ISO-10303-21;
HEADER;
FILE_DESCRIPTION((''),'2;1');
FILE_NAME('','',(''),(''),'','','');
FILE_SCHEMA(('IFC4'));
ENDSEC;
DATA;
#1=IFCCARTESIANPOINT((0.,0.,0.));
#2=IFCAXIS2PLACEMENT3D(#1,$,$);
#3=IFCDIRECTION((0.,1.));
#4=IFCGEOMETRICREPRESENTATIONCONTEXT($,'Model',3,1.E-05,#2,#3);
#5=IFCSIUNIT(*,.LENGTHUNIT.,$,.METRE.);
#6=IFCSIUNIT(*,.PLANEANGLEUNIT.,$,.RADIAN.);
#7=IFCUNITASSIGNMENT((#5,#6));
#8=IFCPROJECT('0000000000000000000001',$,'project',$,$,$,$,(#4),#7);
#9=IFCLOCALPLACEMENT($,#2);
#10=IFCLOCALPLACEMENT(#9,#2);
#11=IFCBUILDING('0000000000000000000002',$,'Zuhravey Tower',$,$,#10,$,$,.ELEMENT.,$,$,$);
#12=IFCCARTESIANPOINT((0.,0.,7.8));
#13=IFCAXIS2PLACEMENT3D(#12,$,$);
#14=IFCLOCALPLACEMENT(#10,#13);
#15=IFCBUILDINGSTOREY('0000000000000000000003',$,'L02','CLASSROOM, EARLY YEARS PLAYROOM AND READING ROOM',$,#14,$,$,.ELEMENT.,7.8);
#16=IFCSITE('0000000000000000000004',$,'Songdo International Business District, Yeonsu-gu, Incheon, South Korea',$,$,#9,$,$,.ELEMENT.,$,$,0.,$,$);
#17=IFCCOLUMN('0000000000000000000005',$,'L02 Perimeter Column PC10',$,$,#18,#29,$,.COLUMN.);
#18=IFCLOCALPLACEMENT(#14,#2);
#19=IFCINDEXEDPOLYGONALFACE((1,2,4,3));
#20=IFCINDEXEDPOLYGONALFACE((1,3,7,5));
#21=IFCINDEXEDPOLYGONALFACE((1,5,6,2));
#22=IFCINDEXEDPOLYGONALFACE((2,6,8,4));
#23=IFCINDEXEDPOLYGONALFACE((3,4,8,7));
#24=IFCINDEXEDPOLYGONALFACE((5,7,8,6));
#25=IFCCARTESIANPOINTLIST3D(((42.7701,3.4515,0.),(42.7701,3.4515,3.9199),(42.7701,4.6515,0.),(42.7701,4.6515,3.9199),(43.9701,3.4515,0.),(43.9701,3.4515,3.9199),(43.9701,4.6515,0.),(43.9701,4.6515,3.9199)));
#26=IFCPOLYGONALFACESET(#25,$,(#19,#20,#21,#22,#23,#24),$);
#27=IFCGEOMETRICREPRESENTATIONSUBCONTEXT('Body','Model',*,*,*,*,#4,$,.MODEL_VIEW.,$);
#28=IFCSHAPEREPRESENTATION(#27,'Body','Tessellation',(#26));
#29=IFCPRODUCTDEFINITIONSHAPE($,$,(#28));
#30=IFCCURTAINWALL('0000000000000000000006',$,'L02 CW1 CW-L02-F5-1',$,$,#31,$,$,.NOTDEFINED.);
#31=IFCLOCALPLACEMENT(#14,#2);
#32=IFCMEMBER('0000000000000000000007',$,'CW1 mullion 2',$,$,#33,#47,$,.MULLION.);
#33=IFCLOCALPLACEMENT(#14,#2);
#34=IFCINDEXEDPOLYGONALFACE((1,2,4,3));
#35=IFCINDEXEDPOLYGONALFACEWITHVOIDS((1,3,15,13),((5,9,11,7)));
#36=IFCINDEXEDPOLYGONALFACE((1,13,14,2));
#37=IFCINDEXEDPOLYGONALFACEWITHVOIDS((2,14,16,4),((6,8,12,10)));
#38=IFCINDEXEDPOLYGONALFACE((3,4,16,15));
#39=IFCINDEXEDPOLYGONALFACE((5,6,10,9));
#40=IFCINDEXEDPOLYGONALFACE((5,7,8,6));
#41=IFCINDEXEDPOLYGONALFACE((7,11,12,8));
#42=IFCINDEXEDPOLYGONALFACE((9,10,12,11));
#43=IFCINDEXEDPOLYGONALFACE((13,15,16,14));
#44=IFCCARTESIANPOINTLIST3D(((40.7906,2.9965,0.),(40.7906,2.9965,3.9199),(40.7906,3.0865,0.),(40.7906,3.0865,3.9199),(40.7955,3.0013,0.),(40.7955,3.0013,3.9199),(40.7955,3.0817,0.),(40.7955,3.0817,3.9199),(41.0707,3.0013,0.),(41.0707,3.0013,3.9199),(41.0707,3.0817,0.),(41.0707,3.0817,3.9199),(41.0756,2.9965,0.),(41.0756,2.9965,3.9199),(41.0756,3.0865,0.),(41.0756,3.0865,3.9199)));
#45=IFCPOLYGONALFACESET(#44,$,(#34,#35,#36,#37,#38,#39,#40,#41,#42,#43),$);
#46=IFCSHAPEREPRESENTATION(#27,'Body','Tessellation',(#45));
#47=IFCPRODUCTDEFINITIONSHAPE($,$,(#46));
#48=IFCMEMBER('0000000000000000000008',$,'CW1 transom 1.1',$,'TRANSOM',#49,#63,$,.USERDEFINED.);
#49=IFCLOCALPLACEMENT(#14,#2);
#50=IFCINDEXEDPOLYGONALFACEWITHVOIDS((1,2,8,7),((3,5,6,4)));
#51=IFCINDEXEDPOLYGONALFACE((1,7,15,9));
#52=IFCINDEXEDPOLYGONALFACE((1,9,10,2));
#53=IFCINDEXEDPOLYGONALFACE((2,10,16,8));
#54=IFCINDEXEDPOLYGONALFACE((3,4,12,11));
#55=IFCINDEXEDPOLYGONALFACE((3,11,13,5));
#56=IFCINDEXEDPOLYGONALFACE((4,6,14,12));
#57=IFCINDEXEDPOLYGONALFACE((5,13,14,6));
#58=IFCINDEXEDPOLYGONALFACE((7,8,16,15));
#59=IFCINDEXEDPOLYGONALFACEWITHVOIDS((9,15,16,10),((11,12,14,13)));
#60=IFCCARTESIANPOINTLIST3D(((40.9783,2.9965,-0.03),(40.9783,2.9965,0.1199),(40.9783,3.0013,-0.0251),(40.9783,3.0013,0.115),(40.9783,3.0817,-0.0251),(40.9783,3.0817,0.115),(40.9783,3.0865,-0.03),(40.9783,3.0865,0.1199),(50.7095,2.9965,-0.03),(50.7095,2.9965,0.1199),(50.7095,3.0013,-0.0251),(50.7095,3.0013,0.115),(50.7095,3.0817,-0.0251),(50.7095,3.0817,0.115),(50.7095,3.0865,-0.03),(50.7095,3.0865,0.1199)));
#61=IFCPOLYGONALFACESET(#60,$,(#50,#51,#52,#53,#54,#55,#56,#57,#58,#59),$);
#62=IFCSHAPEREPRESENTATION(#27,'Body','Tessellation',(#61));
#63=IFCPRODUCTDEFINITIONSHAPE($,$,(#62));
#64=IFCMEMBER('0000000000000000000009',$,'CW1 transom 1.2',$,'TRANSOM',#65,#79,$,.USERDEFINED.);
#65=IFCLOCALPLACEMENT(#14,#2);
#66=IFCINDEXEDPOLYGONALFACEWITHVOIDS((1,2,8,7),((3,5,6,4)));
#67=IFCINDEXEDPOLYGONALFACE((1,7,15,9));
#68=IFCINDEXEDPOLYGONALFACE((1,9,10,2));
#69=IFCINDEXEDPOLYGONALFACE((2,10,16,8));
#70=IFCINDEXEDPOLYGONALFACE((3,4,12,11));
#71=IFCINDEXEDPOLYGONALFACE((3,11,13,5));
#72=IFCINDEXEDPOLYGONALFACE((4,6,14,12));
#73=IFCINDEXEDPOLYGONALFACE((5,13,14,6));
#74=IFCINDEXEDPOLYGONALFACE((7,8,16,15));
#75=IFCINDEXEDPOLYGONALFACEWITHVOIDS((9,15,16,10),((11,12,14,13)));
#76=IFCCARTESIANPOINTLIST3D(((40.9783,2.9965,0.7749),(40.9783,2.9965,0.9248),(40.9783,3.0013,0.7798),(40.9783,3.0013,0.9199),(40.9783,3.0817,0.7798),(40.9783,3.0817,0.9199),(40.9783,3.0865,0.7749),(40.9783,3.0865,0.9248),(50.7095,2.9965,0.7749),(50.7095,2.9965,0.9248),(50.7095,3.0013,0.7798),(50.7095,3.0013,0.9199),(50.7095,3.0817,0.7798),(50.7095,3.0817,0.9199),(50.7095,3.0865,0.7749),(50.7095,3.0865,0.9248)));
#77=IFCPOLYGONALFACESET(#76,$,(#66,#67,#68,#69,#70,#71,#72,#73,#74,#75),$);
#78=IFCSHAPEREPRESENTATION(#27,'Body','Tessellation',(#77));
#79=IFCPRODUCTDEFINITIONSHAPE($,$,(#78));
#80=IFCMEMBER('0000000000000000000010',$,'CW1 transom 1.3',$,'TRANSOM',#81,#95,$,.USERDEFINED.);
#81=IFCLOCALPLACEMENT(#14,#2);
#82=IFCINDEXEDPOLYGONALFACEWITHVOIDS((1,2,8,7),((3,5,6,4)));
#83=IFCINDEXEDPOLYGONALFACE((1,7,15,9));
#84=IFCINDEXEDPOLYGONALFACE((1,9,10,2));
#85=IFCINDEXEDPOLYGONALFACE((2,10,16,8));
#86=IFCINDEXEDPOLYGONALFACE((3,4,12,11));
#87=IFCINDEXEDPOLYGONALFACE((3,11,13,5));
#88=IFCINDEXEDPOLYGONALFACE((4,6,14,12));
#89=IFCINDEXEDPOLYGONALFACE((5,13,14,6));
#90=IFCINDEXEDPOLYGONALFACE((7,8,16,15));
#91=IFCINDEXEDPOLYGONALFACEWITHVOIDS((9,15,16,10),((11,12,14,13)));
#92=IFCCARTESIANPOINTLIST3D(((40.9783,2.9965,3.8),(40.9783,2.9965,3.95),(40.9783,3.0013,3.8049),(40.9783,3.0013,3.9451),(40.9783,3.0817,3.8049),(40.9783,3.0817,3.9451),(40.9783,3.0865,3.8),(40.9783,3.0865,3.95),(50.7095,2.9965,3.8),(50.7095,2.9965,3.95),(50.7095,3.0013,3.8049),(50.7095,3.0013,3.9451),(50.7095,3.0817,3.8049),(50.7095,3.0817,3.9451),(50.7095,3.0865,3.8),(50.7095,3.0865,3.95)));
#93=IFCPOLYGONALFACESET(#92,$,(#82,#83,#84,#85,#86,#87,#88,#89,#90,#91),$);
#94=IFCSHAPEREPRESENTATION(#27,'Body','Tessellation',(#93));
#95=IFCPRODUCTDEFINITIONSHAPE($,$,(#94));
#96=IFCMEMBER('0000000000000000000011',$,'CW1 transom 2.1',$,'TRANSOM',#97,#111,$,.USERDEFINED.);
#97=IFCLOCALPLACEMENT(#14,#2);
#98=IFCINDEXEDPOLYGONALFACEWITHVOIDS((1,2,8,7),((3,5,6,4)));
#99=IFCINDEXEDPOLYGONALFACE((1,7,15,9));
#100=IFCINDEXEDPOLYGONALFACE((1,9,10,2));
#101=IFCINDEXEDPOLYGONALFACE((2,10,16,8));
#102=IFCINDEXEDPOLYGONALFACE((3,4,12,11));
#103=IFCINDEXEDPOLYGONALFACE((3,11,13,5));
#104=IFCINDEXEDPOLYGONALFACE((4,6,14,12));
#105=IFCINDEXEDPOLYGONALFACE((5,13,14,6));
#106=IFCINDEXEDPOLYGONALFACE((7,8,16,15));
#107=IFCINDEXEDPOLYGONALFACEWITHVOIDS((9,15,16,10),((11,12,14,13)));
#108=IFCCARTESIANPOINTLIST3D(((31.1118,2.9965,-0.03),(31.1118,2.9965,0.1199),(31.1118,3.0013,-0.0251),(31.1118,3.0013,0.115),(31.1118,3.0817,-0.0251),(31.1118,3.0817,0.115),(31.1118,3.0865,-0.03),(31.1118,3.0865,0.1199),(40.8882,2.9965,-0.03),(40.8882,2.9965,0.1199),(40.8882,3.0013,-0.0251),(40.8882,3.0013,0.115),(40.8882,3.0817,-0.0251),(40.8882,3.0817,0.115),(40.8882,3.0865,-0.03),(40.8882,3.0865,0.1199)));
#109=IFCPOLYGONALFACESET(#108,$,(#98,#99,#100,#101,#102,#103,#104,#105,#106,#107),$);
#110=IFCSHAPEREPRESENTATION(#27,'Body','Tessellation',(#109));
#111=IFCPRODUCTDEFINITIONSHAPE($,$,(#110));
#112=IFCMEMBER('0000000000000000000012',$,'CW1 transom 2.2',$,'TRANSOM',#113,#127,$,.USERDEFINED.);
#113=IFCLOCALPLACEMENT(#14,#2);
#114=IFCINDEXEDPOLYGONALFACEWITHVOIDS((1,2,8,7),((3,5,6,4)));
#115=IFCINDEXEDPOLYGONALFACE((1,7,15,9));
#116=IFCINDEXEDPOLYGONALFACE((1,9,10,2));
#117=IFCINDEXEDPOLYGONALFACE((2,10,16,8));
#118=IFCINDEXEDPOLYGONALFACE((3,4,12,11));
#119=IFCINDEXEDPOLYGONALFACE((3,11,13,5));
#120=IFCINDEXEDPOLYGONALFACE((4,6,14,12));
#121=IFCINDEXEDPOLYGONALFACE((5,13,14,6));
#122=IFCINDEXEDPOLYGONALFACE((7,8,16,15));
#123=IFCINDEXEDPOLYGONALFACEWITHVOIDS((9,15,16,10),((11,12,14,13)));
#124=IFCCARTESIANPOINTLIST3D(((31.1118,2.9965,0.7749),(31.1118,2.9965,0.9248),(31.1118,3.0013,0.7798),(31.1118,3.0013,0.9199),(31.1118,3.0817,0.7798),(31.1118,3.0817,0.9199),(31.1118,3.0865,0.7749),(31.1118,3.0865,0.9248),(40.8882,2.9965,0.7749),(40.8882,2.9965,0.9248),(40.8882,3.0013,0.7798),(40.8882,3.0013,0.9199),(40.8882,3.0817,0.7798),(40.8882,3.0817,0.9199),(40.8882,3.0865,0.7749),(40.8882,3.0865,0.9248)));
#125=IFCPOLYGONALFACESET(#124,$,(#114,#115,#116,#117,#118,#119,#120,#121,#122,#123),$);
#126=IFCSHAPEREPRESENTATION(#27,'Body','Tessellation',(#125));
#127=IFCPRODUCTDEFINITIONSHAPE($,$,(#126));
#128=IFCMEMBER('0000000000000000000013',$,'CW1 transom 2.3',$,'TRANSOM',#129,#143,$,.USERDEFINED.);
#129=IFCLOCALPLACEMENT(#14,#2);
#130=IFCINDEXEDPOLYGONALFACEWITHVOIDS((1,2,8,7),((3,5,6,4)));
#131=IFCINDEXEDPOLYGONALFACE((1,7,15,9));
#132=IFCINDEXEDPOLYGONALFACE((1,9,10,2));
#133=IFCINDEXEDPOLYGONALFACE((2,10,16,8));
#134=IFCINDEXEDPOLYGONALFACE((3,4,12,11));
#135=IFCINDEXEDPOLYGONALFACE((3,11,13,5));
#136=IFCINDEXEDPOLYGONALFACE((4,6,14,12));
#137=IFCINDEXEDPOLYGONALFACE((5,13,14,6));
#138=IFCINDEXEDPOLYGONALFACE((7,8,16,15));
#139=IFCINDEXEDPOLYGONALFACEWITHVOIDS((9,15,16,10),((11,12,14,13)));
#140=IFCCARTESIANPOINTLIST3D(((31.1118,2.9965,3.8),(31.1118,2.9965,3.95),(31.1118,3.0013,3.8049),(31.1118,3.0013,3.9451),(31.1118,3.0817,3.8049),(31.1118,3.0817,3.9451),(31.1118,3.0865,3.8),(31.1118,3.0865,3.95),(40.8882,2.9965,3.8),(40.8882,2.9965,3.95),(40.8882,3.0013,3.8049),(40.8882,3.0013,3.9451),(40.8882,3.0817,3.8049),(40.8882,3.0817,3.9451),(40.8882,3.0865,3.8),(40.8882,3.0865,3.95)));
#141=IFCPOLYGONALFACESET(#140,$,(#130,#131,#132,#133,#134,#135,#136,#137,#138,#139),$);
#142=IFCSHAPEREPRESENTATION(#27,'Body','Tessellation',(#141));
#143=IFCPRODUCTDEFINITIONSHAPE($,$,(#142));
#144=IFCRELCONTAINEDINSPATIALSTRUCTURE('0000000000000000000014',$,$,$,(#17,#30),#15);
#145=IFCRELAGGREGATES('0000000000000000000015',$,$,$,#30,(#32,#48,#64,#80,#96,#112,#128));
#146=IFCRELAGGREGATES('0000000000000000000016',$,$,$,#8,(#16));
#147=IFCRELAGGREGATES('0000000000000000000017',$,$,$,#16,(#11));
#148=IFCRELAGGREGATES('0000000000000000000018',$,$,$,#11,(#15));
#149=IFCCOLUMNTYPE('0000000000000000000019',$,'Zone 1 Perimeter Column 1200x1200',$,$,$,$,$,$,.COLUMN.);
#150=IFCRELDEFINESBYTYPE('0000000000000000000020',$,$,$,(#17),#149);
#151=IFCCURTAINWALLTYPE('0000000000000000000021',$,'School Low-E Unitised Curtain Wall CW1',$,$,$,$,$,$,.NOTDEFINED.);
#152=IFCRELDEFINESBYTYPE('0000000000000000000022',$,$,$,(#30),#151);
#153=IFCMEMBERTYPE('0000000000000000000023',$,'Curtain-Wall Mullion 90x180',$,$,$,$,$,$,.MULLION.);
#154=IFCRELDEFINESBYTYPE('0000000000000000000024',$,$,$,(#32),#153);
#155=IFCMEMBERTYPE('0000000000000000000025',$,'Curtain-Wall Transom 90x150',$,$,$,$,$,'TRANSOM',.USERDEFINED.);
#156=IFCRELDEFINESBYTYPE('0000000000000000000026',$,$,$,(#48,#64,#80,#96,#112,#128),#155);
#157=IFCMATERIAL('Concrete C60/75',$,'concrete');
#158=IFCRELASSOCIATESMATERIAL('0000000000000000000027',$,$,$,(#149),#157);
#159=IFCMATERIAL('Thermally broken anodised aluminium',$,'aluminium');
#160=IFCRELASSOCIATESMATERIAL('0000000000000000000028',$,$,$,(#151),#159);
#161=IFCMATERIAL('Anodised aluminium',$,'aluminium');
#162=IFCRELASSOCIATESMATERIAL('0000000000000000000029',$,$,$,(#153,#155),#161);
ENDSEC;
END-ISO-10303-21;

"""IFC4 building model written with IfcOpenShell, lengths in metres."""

from ifc_helpers import new_model, si_unit, direction, frame, origin, origin_2d, place, context, subcontext, project, spatial, rectangle, hollow_rectangle, extrude, material, material_profile, profile_set, type_object, element, aggregate, save


model = new_model("IFC4")

# Units and contexts
model_context = context("Model", 3, precision=1e-05, world=origin(), true_north=direction((0.0, 1.0)))
body_context = subcontext(model_context, "Body", "Model", "MODEL_VIEW")
ifc_project = project(units=[si_unit("LENGTHUNIT", "METRE"), si_unit("PLANEANGLEUNIT", "RADIAN")], contexts=[model_context])

# Site, building, storey
site_placement = place(None, origin())
site = spatial("IfcSite", under=ifc_project, at=site_placement, Name="Songdo International Business District, Yeonsu-gu, Incheon, South Korea", CompositionType="ELEMENT", RefElevation=0.0)
building_placement = place(site_placement, origin())
building = spatial("IfcBuilding", under=site, at=building_placement, Name="Zuhravey Tower", CompositionType="ELEMENT")
storey_placement = place(building_placement, frame((0.0, 0.0, 7.8)))
storey = spatial("IfcBuildingStorey", under=building, at=storey_placement, Name="L02", Description="CLASSROOM, EARLY YEARS PLAYROOM AND READING ROOM", CompositionType="ELEMENT", Elevation=7.8)

# Column
ifc_material_1 = material(Name="Concrete C60/75", Category="concrete")
ifc_material_profile_1 = material_profile(ifc_material_1, rectangle(XDim=1.2, YDim=1.2, at=origin_2d()), Name="RC-1200x1200")
ifc_profile_set_1 = profile_set([ifc_material_profile_1], Name="Concrete C60/75")
column_type = type_object("IfcColumnType", Name="Zone 1 Perimeter Column 1200x1200", PredefinedType="COLUMN", material=ifc_profile_set_1)
column_placement = place(storey_placement, frame((43.3701, 4.0515, 0.0), z_axis=(0.0, 0.0, 1.0), x_axis=(1.0, 0.0, 0.0)))
element("IfcColumn", 1, at=column_placement, inside=storey, type_object=column_type, Name="L02 Perimeter Column PC10", PredefinedType="COLUMN", context=body_context, shape_type="SweptSolid", body=[
    extrude(rectangle(XDim=1.2, YDim=1.2, at=origin_2d()), origin(), (0.0, 0.0, 1.0), 3.9199),
])

# Curtain wall, members
ifc_material_2 = material(Name="Thermally broken anodised aluminium", Category="aluminium")
curtain_wall_type = type_object("IfcCurtainWallType", Name="School Low-E Unitised Curtain Wall CW1", PredefinedType="NOTDEFINED", material=ifc_material_2)
curtain_wall_placement = place(storey_placement, origin())
curtain_wall = element("IfcCurtainWall", 2, at=curtain_wall_placement, inside=storey, type_object=curtain_wall_type, Name="L02 CW1 CW-L02-F5-1", PredefinedType="NOTDEFINED")
ifc_material_3 = material(Name="Anodised aluminium", Category="aluminium")
ifc_material_profile_2 = material_profile(ifc_material_3, hollow_rectangle(XDim=0.0901, YDim=0.2849, WallThickness=0.0049, at=origin_2d()), Name="ALU-RHS-90x285x5")
ifc_profile_set_2 = profile_set([ifc_material_profile_2], Name="Anodised aluminium")
member_type_1 = type_object("IfcMemberType", Name="Curtain-Wall Mullion 90x180", PredefinedType="MULLION", material=ifc_profile_set_2)
member_1_placement = place(storey_placement, frame((40.9331, 3.0415, 0.0), z_axis=(0.0, 0.0, 1.0), x_axis=(0.0, -1.0, 0.0)))
member_1 = element("IfcMember", 3, at=member_1_placement, type_object=member_type_1, Name="CW1 mullion 2", PredefinedType="MULLION", context=body_context, shape_type="SweptSolid", body=[
    extrude(hollow_rectangle(XDim=0.0901, YDim=0.2849, WallThickness=0.0049, at=origin_2d()), origin(), (0.0, 0.0, 1.0), 3.9199),
])
ifc_material_profile_3 = material_profile(ifc_material_3, hollow_rectangle(XDim=0.0901, YDim=0.1499, WallThickness=0.0049, at=origin_2d()), Name="ALU-RHS-90x150x5")
ifc_profile_set_3 = profile_set([ifc_material_profile_3], Name="Anodised aluminium")
member_type_2 = type_object("IfcMemberType", Name="Curtain-Wall Transom 90x150", ElementType="TRANSOM", PredefinedType="USERDEFINED", material=ifc_profile_set_3)
member_2_placement = place(storey_placement, frame((50.7095, 3.0415, 0.0449), z_axis=(-1.0, 0.0, 0.0), x_axis=(0.0, -1.0, 0.0)))
member_2 = element("IfcMember", 4, at=member_2_placement, type_object=member_type_2, Name="CW1 transom 1.1", ObjectType="TRANSOM", PredefinedType="USERDEFINED", context=body_context, shape_type="SweptSolid", body=[
    extrude(hollow_rectangle(XDim=0.0901, YDim=0.1499, WallThickness=0.0049, at=origin_2d()), origin(), (0.0, 0.0, 1.0), 9.7312),
])
member_3_placement = place(storey_placement, frame((50.7095, 3.0415, 0.8499), z_axis=(-1.0, 0.0, 0.0), x_axis=(0.0, -1.0, 0.0)))
member_3 = element("IfcMember", 5, at=member_3_placement, type_object=member_type_2, Name="CW1 transom 1.2", ObjectType="TRANSOM", PredefinedType="USERDEFINED", context=body_context, shape_type="SweptSolid", body=[
    extrude(hollow_rectangle(XDim=0.0901, YDim=0.1499, WallThickness=0.0049, at=origin_2d()), origin(), (0.0, 0.0, 1.0), 9.7312),
])
member_4_placement = place(storey_placement, frame((50.7095, 3.0415, 3.875), z_axis=(-1.0, 0.0, 0.0), x_axis=(0.0, -1.0, 0.0)))
member_4 = element("IfcMember", 6, at=member_4_placement, type_object=member_type_2, Name="CW1 transom 1.3", ObjectType="TRANSOM", PredefinedType="USERDEFINED", context=body_context, shape_type="SweptSolid", body=[
    extrude(hollow_rectangle(XDim=0.0901, YDim=0.1499, WallThickness=0.0049, at=origin_2d()), origin(), (0.0, 0.0, 1.0), 9.7312),
])
member_5_placement = place(storey_placement, frame((40.8882, 3.0415, 0.0449), z_axis=(-1.0, 0.0, 0.0), x_axis=(0.0, -1.0, 0.0)))
member_5 = element("IfcMember", 7, at=member_5_placement, type_object=member_type_2, Name="CW1 transom 2.1", ObjectType="TRANSOM", PredefinedType="USERDEFINED", context=body_context, shape_type="SweptSolid", body=[
    extrude(hollow_rectangle(XDim=0.0901, YDim=0.1499, WallThickness=0.0049, at=origin_2d()), origin(), (0.0, 0.0, 1.0), 9.7764),
])
member_6_placement = place(storey_placement, frame((40.8882, 3.0415, 0.8499), z_axis=(-1.0, 0.0, 0.0), x_axis=(0.0, -1.0, 0.0)))
member_6 = element("IfcMember", 8, at=member_6_placement, type_object=member_type_2, Name="CW1 transom 2.2", ObjectType="TRANSOM", PredefinedType="USERDEFINED", context=body_context, shape_type="SweptSolid", body=[
    extrude(hollow_rectangle(XDim=0.0901, YDim=0.1499, WallThickness=0.0049, at=origin_2d()), origin(), (0.0, 0.0, 1.0), 9.7764),
])
member_7_placement = place(storey_placement, frame((40.8882, 3.0415, 3.875), z_axis=(-1.0, 0.0, 0.0), x_axis=(0.0, -1.0, 0.0)))
member_7 = element("IfcMember", 9, at=member_7_placement, type_object=member_type_2, Name="CW1 transom 2.3", ObjectType="TRANSOM", PredefinedType="USERDEFINED", context=body_context, shape_type="SweptSolid", body=[
    extrude(hollow_rectangle(XDim=0.0901, YDim=0.1499, WallThickness=0.0049, at=origin_2d()), origin(), (0.0, 0.0, 1.0), 9.7764),
])

aggregate(curtain_wall, [member_1, member_2, member_3, member_4, member_5, member_6, member_7])

save(model, "model.ifc")
